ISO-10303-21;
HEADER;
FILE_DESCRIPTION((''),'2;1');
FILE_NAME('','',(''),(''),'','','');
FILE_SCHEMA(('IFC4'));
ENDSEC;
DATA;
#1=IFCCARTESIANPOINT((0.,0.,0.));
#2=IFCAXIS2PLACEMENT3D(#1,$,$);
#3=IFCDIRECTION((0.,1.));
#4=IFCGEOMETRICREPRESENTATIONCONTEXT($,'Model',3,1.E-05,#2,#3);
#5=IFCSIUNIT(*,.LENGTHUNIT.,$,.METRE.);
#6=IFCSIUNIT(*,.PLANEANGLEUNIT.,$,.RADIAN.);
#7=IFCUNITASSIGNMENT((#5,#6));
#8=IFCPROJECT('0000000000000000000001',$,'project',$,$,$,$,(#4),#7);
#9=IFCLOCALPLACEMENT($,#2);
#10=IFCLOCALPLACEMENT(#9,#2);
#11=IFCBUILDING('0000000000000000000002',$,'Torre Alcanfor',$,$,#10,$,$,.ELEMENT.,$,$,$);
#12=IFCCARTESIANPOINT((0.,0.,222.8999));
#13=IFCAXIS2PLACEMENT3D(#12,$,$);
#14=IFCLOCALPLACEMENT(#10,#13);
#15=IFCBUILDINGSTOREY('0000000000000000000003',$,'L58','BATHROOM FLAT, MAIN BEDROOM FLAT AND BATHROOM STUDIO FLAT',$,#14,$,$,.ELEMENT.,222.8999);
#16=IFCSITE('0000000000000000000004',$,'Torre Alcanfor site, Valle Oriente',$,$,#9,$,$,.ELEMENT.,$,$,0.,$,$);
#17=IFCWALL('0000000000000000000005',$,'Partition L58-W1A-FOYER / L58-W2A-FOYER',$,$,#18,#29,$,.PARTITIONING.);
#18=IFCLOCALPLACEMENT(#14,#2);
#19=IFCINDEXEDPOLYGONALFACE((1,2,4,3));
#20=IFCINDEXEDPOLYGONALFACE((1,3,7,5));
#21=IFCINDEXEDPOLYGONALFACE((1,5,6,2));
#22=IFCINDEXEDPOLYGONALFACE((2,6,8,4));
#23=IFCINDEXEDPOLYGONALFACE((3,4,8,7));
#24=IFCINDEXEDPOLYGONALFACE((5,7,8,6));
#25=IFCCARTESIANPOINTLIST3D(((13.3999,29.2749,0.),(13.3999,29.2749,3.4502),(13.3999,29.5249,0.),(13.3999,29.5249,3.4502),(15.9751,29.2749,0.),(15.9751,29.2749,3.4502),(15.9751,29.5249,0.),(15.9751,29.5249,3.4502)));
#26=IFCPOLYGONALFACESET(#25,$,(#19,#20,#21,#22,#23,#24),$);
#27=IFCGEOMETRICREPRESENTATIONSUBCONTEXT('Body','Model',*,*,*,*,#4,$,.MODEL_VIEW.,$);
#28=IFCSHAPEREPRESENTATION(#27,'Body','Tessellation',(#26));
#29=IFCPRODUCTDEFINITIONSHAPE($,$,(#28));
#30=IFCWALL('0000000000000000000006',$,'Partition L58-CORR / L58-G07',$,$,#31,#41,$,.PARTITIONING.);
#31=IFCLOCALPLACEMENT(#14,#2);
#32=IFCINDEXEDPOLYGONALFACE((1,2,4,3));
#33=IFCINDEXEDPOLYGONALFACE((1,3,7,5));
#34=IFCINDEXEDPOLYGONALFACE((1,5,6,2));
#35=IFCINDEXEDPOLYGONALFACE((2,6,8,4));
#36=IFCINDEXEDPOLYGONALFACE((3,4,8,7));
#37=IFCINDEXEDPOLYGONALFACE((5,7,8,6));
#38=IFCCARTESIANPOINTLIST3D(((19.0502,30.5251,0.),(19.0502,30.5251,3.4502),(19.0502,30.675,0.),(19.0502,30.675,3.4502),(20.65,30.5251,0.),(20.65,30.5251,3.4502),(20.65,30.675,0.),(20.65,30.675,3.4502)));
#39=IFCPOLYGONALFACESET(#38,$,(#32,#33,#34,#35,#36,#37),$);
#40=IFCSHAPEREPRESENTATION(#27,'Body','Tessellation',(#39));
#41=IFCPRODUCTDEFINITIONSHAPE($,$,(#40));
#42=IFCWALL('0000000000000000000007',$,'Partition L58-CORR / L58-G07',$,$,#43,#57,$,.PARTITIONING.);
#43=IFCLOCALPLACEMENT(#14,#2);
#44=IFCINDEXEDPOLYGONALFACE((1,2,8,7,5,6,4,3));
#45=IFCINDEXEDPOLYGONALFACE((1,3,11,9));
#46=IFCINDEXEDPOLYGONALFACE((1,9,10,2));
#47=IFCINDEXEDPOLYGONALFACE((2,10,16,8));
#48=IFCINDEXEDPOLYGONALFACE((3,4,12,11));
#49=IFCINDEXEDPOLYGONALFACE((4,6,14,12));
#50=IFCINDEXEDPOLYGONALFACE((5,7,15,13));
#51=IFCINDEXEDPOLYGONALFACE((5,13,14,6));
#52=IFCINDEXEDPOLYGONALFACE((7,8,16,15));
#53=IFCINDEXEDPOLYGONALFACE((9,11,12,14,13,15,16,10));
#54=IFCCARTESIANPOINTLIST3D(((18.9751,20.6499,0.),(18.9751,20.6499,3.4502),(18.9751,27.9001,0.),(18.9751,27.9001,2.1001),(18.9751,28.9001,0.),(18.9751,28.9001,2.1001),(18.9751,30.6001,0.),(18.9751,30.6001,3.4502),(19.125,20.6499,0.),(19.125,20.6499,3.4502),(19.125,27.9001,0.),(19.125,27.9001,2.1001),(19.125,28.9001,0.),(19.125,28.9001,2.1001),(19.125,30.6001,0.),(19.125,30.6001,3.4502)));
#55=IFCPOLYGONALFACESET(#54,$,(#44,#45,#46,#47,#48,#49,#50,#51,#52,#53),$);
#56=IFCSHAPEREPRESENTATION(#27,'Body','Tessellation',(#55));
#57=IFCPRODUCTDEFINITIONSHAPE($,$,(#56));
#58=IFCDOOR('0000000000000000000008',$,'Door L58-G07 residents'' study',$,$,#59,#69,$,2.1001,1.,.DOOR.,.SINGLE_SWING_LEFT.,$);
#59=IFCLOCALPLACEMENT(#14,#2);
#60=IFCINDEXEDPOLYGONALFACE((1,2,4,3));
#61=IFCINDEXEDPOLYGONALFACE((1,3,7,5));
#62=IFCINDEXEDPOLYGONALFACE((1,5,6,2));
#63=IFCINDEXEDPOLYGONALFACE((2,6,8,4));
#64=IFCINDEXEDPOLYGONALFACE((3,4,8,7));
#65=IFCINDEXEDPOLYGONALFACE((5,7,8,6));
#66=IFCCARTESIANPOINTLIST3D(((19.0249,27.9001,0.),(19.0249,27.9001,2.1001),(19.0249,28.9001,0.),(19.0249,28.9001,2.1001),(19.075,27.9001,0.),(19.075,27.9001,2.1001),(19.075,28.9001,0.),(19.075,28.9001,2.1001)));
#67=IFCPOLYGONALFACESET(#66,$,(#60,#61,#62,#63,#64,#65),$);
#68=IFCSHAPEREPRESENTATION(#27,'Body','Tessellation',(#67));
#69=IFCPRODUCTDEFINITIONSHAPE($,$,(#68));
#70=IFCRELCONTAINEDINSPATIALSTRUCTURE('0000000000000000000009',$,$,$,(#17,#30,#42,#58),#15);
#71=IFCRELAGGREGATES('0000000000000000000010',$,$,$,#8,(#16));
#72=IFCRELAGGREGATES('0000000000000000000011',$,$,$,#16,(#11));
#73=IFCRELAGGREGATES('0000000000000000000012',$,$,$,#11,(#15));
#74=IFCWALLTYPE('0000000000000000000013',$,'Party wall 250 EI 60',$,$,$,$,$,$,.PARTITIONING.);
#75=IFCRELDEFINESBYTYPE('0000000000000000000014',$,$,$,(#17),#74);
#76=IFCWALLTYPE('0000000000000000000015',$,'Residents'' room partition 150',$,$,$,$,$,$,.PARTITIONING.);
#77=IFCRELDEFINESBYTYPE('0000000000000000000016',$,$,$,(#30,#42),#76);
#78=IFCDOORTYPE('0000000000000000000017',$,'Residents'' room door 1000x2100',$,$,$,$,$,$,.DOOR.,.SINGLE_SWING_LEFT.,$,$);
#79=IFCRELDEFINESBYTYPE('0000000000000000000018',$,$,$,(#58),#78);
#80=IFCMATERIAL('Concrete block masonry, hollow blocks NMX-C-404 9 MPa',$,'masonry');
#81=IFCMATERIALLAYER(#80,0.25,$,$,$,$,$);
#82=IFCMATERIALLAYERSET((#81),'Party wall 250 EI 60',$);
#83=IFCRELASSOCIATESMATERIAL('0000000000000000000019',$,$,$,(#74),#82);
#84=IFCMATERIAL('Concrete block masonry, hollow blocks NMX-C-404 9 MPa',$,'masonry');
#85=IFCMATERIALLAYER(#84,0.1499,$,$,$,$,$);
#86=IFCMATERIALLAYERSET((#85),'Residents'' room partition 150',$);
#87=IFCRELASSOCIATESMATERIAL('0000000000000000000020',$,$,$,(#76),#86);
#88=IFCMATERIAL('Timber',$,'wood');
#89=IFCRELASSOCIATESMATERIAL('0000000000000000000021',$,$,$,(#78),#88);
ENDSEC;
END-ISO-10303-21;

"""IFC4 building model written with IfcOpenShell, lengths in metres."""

from ifc_helpers import new_model, si_unit, direction, frame, frame_2d, origin, place, context, subcontext, project, spatial, rectangle, extrude, material, layer, layer_set, type_object, element, fill, save


model = new_model("IFC4")

# Units and contexts
model_context = context("Model", 3, precision=1e-05, world=origin(), true_north=direction((0.0, 1.0)))
body_context = subcontext(model_context, "Body", "Model", "MODEL_VIEW")
ifc_project = project(units=[si_unit("LENGTHUNIT", "METRE"), si_unit("PLANEANGLEUNIT", "RADIAN")], contexts=[model_context])

# Site, building, storey
site_placement = place(None, origin())
site = spatial("IfcSite", under=ifc_project, at=site_placement, Name="Torre Alcanfor site, Valle Oriente", CompositionType="ELEMENT", RefElevation=0.0)
building_placement = place(site_placement, origin())
building = spatial("IfcBuilding", under=site, at=building_placement, Name="Torre Alcanfor", CompositionType="ELEMENT")
storey_placement = place(building_placement, frame((0.0, 0.0, 222.8999)))
storey = spatial("IfcBuildingStorey", under=building, at=storey_placement, Name="L58", Description="BATHROOM FLAT, MAIN BEDROOM FLAT AND BATHROOM STUDIO FLAT", CompositionType="ELEMENT", Elevation=222.8999)

# Walls
ifc_material_1 = material(Name="Concrete block masonry, hollow blocks NMX-C-404 9 MPa", Category="masonry")
ifc_layer_1 = layer(ifc_material_1, 0.25)
ifc_layer_set_1 = layer_set([ifc_layer_1], Name="Party wall 250 EI 60")
wall_type_1 = type_object("IfcWallType", Name="Party wall 250 EI 60", PredefinedType="PARTITIONING", material=ifc_layer_set_1)
wall_1_placement = place(storey_placement, frame((15.9751, 29.3999, 0.0), z_axis=(0.0, 0.0, 1.0), x_axis=(-1.0, 0.0, 0.0)))
element("IfcWall", 1, at=wall_1_placement, inside=storey, type_object=wall_type_1, Name="Partition L58-W1A-FOYER / L58-W2A-FOYER", PredefinedType="PARTITIONING", context=body_context, shape_type="SweptSolid", body=[
    extrude(rectangle(XDim=2.5752, YDim=0.25, at=frame_2d((1.2876, 0.0))), origin(), (0.0, 0.0, 1.0), 3.4502),
])
ifc_material_2 = material(Name="Concrete block masonry, hollow blocks NMX-C-404 9 MPa", Category="masonry")
ifc_layer_2 = layer(ifc_material_2, 0.1499)
ifc_layer_set_2 = layer_set([ifc_layer_2], Name="Residents' room partition 150")
wall_type_2 = type_object("IfcWallType", Name="Residents' room partition 150", PredefinedType="PARTITIONING", material=ifc_layer_set_2)
wall_2_placement = place(storey_placement, frame((20.6499, 30.6001, 0.0), z_axis=(0.0, 0.0, 1.0), x_axis=(-1.0, 0.0, 0.0)))
element("IfcWall", 2, at=wall_2_placement, inside=storey, type_object=wall_type_2, Name="Partition L58-CORR / L58-G07", PredefinedType="PARTITIONING", context=body_context, shape_type="SweptSolid", body=[
    extrude(rectangle(XDim=1.5999, YDim=0.1499, at=frame_2d((0.7998, 0.0))), origin(), (0.0, 0.0, 1.0), 3.4502),
])

# Wall, opening, door
wall_3_placement = place(storey_placement, frame((19.05, 30.6001, 0.0), z_axis=(0.0, 0.0, 1.0), x_axis=(0.0, -1.0, 0.0)))
wall_3 = element("IfcWall", 3, at=wall_3_placement, inside=storey, type_object=wall_type_2, Name="Partition L58-CORR / L58-G07", PredefinedType="PARTITIONING", context=body_context, shape_type="SweptSolid", body=[
    extrude(rectangle(XDim=9.9502, YDim=0.1499, at=frame_2d((4.9751, 0.0))), origin(), (0.0, 0.0, 1.0), 3.4502),
])
opening_1_placement = place(wall_3_placement, frame((1.7, 0.0, 0.0)))
opening_1 = element("IfcOpeningElement", 4, at=opening_1_placement, cuts=wall_3, PredefinedType="OPENING", context=body_context, shape_type="SweptSolid", body=[
    extrude(rectangle(XDim=1.0, YDim=2.1001, at=frame_2d((0.5, 1.05))), frame((0.0, 0.085, 0.0), z_axis=(0.0, -1.0, 0.0), x_axis=(1.0, 0.0, 0.0)), (0.0, 0.0, 1.0), 0.1699),
])
ifc_material_3 = material(Name="Timber", Category="wood")
door_type_1 = type_object("IfcDoorType", Name="Residents' room door 1000x2100", OperationType="SINGLE_SWING_LEFT", PredefinedType="DOOR", material=ifc_material_3)
door_1_placement = place(opening_1_placement, origin())
door_1 = element("IfcDoor", 5, at=door_1_placement, inside=storey, type_object=door_type_1, Name="Door L58-G07 residents' study", OperationType="SINGLE_SWING_LEFT", OverallHeight=2.1001, OverallWidth=1.0, PredefinedType="DOOR", context=body_context, shape_type="SweptSolid", body=[
    extrude(rectangle(XDim=1.0, YDim=2.1001, at=frame_2d((0.5, 1.05))), frame((0.0, 0.0249, 0.0), z_axis=(0.0, -1.0, 0.0), x_axis=(1.0, 0.0, 0.0)), (0.0, 0.0, 1.0), 0.05),
])
fill(opening_1, door_1)

save(model, "model.ifc")
